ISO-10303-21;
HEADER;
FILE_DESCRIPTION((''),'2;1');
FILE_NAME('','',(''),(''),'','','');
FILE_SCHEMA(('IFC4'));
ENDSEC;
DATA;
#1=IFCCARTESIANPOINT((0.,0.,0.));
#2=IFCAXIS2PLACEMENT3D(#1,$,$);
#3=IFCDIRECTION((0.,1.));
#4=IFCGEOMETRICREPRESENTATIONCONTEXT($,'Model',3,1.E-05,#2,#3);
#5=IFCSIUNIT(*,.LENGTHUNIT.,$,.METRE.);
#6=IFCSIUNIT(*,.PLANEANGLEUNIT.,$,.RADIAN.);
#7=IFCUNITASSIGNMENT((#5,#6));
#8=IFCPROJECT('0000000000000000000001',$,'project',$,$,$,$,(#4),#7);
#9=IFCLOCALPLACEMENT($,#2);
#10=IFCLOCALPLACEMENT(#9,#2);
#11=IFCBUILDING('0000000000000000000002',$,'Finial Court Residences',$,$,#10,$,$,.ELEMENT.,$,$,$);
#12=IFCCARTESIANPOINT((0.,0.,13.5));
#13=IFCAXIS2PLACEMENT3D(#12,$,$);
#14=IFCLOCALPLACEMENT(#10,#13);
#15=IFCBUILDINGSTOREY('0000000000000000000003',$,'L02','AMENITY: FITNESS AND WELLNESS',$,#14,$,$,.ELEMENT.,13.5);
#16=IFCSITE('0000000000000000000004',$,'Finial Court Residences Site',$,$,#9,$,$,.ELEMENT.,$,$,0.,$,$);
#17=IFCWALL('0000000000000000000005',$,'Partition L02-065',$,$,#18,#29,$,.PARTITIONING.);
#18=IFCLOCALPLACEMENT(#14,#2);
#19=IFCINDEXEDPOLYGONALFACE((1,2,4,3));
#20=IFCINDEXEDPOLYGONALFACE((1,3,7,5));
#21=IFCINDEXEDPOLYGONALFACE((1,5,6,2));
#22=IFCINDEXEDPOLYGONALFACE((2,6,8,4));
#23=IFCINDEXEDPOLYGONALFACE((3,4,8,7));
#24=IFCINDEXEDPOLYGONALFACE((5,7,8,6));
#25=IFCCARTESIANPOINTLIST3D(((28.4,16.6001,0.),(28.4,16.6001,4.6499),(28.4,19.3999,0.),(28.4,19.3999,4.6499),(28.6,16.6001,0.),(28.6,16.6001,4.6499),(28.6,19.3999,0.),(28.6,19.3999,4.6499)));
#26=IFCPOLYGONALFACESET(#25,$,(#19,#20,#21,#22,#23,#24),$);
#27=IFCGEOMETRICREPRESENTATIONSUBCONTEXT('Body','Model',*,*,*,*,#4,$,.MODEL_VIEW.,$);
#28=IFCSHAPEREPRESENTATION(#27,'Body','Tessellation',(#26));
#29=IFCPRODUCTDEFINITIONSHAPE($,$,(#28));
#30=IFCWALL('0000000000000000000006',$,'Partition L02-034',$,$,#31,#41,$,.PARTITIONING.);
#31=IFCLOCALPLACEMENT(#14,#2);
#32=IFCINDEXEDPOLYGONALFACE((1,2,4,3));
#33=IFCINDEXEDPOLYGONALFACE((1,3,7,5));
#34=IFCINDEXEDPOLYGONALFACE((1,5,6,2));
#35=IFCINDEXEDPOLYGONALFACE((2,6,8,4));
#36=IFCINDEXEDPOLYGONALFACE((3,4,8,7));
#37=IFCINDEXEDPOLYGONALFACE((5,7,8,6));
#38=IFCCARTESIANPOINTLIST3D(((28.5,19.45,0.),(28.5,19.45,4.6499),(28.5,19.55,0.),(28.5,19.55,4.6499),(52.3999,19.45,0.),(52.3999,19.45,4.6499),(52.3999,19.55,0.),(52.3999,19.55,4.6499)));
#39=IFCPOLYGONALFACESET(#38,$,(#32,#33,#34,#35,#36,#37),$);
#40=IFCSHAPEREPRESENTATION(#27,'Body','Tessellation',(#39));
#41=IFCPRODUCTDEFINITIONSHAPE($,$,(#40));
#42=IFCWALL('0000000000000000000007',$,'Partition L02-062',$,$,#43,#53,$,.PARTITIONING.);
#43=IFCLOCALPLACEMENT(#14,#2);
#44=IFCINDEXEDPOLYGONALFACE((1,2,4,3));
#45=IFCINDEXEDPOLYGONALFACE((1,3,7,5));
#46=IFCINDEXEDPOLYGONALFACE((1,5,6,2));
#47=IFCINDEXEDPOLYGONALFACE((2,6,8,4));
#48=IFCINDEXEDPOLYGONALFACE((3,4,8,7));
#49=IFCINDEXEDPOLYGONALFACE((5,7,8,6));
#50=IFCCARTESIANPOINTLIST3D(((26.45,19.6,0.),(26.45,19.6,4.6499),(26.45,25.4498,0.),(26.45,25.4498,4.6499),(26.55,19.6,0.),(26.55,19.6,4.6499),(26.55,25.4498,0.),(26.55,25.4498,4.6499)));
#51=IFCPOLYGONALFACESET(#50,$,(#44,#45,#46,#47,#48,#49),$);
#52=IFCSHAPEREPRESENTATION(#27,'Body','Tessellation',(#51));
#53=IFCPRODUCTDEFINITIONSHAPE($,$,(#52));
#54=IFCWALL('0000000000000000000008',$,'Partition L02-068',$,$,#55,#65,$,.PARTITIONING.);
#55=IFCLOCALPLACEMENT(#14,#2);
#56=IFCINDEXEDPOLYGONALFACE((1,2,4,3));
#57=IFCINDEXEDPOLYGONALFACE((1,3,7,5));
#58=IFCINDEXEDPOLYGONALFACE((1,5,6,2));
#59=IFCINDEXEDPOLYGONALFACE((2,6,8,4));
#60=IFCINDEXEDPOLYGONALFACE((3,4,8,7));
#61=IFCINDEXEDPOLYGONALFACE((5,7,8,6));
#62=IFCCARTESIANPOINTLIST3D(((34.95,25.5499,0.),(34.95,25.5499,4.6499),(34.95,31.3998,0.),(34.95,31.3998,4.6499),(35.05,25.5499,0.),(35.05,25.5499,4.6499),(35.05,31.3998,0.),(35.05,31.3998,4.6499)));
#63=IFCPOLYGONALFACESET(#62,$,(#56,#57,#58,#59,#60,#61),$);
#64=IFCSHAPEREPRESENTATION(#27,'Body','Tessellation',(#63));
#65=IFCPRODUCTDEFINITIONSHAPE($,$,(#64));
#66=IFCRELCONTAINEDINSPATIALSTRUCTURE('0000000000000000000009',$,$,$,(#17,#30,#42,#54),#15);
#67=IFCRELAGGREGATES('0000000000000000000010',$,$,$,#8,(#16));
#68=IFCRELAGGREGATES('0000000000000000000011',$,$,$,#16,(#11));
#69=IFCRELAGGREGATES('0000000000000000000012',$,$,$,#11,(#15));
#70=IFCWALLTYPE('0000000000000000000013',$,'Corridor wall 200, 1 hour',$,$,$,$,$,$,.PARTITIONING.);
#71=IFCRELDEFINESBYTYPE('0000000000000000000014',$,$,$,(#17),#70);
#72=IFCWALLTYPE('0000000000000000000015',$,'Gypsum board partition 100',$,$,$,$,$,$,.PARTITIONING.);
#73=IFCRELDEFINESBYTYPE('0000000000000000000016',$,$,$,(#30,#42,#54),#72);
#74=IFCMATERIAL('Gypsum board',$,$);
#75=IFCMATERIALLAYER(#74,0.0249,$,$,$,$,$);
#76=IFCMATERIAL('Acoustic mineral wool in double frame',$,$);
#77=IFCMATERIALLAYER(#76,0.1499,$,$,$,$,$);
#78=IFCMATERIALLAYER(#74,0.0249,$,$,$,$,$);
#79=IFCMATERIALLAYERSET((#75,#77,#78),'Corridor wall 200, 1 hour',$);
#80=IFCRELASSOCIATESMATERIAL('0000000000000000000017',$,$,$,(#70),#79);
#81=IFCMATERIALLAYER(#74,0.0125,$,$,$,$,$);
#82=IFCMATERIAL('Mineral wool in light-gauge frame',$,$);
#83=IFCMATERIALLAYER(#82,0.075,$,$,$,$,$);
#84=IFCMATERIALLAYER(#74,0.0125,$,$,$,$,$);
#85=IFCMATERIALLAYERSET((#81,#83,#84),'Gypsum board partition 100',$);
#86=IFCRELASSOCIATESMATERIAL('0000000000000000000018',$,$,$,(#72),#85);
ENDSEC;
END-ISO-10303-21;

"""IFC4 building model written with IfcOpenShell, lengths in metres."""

from ifc_helpers import new_model, si_unit, direction, frame, frame_2d, origin, place, context, subcontext, project, spatial, rectangle, extrude, material, layer, layer_set, type_object, element, save


model = new_model("IFC4")

# Units and contexts
model_context = context("Model", 3, precision=1e-05, world=origin(), true_north=direction((0.0, 1.0)))
body_context = subcontext(model_context, "Body", "Model", "MODEL_VIEW")
ifc_project = project(units=[si_unit("LENGTHUNIT", "METRE"), si_unit("PLANEANGLEUNIT", "RADIAN")], contexts=[model_context])

# Site, building, storey
site_placement = place(None, origin())
site = spatial("IfcSite", under=ifc_project, at=site_placement, Name="Finial Court Residences Site", CompositionType="ELEMENT", RefElevation=0.0)
building_placement = place(site_placement, origin())
building = spatial("IfcBuilding", under=site, at=building_placement, Name="Finial Court Residences", CompositionType="ELEMENT")
storey_placement = place(building_placement, frame((0.0, 0.0, 13.5)))
storey = spatial("IfcBuildingStorey", under=building, at=storey_placement, Name="L02", Description="AMENITY: FITNESS AND WELLNESS", CompositionType="ELEMENT", Elevation=13.5)

# Shared definitions
ifc_material_1 = material(Name="Gypsum board")
ifc_layer_1 = layer(ifc_material_1, 0.0249)
ifc_material_2 = material(Name="Acoustic mineral wool in double frame")
ifc_layer_2 = layer(ifc_material_2, 0.1499)
ifc_layer_3 = layer(ifc_material_1, 0.0249)
ifc_layer_set_1 = layer_set([ifc_layer_1, ifc_layer_2, ifc_layer_3], Name="Corridor wall 200, 1 hour")
wall_type_1 = type_object("IfcWallType", Name="Corridor wall 200, 1 hour", PredefinedType="PARTITIONING", material=ifc_layer_set_1)

# Walls
wall_1_placement = place(storey_placement, frame((28.5, 16.6001, 0.0), z_axis=(0.0, 0.0, 1.0), x_axis=(0.0, 1.0, 0.0)))
element("IfcWall", 1, at=wall_1_placement, inside=storey, type_object=wall_type_1, Name="Partition L02-065", PredefinedType="PARTITIONING", context=body_context, shape_type="SweptSolid", body=[
    extrude(rectangle(XDim=2.7998, YDim=0.2, at=frame_2d((1.3999, 0.0))), origin(), (0.0, 0.0, 1.0), 4.6499),
])
ifc_layer_4 = layer(ifc_material_1, 0.0125)
ifc_material_3 = material(Name="Mineral wool in light-gauge frame")
ifc_layer_5 = layer(ifc_material_3, 0.075)
ifc_layer_6 = layer(ifc_material_1, 0.0125)
ifc_layer_set_2 = layer_set([ifc_layer_4, ifc_layer_5, ifc_layer_6], Name="Gypsum board partition 100")
wall_type_2 = type_object("IfcWallType", Name="Gypsum board partition 100", PredefinedType="PARTITIONING", material=ifc_layer_set_2)
wall_2_placement = place(storey_placement, frame((28.5, 19.5, 0.0), z_axis=(0.0, 0.0, 1.0), x_axis=(1.0, 0.0, 0.0)))
element("IfcWall", 2, at=wall_2_placement, inside=storey, type_object=wall_type_2, Name="Partition L02-034", PredefinedType="PARTITIONING", context=body_context, shape_type="SweptSolid", body=[
    extrude(rectangle(XDim=23.8999, YDim=0.1001, at=frame_2d((11.95, 0.0))), origin(), (0.0, 0.0, 1.0), 4.6499),
])
for number, where, z_axis, x_axis, name in (
    (3, (26.5, 19.6001, 0.0), (0.0, 0.0, 1.0), (0.0, 1.0, 0.0), "Partition L02-062"),
    (4, (35.0, 25.55, 0.0), (0.0, 0.0, 1.0), (0.0, 1.0, 0.0), "Partition L02-068"),
):
    element("IfcWall", number, at=place(storey_placement, frame(where, z_axis=z_axis, x_axis=x_axis)), inside=storey, type_object=wall_type_2, Name=name, PredefinedType="PARTITIONING", context=body_context, shape_type="SweptSolid", body=[
        extrude(rectangle(XDim=5.8499, YDim=0.1001, at=frame_2d((2.9248, 0.0))), origin(), (0.0, 0.0, 1.0), 4.6499),
    ])

save(model, "model.ifc")
